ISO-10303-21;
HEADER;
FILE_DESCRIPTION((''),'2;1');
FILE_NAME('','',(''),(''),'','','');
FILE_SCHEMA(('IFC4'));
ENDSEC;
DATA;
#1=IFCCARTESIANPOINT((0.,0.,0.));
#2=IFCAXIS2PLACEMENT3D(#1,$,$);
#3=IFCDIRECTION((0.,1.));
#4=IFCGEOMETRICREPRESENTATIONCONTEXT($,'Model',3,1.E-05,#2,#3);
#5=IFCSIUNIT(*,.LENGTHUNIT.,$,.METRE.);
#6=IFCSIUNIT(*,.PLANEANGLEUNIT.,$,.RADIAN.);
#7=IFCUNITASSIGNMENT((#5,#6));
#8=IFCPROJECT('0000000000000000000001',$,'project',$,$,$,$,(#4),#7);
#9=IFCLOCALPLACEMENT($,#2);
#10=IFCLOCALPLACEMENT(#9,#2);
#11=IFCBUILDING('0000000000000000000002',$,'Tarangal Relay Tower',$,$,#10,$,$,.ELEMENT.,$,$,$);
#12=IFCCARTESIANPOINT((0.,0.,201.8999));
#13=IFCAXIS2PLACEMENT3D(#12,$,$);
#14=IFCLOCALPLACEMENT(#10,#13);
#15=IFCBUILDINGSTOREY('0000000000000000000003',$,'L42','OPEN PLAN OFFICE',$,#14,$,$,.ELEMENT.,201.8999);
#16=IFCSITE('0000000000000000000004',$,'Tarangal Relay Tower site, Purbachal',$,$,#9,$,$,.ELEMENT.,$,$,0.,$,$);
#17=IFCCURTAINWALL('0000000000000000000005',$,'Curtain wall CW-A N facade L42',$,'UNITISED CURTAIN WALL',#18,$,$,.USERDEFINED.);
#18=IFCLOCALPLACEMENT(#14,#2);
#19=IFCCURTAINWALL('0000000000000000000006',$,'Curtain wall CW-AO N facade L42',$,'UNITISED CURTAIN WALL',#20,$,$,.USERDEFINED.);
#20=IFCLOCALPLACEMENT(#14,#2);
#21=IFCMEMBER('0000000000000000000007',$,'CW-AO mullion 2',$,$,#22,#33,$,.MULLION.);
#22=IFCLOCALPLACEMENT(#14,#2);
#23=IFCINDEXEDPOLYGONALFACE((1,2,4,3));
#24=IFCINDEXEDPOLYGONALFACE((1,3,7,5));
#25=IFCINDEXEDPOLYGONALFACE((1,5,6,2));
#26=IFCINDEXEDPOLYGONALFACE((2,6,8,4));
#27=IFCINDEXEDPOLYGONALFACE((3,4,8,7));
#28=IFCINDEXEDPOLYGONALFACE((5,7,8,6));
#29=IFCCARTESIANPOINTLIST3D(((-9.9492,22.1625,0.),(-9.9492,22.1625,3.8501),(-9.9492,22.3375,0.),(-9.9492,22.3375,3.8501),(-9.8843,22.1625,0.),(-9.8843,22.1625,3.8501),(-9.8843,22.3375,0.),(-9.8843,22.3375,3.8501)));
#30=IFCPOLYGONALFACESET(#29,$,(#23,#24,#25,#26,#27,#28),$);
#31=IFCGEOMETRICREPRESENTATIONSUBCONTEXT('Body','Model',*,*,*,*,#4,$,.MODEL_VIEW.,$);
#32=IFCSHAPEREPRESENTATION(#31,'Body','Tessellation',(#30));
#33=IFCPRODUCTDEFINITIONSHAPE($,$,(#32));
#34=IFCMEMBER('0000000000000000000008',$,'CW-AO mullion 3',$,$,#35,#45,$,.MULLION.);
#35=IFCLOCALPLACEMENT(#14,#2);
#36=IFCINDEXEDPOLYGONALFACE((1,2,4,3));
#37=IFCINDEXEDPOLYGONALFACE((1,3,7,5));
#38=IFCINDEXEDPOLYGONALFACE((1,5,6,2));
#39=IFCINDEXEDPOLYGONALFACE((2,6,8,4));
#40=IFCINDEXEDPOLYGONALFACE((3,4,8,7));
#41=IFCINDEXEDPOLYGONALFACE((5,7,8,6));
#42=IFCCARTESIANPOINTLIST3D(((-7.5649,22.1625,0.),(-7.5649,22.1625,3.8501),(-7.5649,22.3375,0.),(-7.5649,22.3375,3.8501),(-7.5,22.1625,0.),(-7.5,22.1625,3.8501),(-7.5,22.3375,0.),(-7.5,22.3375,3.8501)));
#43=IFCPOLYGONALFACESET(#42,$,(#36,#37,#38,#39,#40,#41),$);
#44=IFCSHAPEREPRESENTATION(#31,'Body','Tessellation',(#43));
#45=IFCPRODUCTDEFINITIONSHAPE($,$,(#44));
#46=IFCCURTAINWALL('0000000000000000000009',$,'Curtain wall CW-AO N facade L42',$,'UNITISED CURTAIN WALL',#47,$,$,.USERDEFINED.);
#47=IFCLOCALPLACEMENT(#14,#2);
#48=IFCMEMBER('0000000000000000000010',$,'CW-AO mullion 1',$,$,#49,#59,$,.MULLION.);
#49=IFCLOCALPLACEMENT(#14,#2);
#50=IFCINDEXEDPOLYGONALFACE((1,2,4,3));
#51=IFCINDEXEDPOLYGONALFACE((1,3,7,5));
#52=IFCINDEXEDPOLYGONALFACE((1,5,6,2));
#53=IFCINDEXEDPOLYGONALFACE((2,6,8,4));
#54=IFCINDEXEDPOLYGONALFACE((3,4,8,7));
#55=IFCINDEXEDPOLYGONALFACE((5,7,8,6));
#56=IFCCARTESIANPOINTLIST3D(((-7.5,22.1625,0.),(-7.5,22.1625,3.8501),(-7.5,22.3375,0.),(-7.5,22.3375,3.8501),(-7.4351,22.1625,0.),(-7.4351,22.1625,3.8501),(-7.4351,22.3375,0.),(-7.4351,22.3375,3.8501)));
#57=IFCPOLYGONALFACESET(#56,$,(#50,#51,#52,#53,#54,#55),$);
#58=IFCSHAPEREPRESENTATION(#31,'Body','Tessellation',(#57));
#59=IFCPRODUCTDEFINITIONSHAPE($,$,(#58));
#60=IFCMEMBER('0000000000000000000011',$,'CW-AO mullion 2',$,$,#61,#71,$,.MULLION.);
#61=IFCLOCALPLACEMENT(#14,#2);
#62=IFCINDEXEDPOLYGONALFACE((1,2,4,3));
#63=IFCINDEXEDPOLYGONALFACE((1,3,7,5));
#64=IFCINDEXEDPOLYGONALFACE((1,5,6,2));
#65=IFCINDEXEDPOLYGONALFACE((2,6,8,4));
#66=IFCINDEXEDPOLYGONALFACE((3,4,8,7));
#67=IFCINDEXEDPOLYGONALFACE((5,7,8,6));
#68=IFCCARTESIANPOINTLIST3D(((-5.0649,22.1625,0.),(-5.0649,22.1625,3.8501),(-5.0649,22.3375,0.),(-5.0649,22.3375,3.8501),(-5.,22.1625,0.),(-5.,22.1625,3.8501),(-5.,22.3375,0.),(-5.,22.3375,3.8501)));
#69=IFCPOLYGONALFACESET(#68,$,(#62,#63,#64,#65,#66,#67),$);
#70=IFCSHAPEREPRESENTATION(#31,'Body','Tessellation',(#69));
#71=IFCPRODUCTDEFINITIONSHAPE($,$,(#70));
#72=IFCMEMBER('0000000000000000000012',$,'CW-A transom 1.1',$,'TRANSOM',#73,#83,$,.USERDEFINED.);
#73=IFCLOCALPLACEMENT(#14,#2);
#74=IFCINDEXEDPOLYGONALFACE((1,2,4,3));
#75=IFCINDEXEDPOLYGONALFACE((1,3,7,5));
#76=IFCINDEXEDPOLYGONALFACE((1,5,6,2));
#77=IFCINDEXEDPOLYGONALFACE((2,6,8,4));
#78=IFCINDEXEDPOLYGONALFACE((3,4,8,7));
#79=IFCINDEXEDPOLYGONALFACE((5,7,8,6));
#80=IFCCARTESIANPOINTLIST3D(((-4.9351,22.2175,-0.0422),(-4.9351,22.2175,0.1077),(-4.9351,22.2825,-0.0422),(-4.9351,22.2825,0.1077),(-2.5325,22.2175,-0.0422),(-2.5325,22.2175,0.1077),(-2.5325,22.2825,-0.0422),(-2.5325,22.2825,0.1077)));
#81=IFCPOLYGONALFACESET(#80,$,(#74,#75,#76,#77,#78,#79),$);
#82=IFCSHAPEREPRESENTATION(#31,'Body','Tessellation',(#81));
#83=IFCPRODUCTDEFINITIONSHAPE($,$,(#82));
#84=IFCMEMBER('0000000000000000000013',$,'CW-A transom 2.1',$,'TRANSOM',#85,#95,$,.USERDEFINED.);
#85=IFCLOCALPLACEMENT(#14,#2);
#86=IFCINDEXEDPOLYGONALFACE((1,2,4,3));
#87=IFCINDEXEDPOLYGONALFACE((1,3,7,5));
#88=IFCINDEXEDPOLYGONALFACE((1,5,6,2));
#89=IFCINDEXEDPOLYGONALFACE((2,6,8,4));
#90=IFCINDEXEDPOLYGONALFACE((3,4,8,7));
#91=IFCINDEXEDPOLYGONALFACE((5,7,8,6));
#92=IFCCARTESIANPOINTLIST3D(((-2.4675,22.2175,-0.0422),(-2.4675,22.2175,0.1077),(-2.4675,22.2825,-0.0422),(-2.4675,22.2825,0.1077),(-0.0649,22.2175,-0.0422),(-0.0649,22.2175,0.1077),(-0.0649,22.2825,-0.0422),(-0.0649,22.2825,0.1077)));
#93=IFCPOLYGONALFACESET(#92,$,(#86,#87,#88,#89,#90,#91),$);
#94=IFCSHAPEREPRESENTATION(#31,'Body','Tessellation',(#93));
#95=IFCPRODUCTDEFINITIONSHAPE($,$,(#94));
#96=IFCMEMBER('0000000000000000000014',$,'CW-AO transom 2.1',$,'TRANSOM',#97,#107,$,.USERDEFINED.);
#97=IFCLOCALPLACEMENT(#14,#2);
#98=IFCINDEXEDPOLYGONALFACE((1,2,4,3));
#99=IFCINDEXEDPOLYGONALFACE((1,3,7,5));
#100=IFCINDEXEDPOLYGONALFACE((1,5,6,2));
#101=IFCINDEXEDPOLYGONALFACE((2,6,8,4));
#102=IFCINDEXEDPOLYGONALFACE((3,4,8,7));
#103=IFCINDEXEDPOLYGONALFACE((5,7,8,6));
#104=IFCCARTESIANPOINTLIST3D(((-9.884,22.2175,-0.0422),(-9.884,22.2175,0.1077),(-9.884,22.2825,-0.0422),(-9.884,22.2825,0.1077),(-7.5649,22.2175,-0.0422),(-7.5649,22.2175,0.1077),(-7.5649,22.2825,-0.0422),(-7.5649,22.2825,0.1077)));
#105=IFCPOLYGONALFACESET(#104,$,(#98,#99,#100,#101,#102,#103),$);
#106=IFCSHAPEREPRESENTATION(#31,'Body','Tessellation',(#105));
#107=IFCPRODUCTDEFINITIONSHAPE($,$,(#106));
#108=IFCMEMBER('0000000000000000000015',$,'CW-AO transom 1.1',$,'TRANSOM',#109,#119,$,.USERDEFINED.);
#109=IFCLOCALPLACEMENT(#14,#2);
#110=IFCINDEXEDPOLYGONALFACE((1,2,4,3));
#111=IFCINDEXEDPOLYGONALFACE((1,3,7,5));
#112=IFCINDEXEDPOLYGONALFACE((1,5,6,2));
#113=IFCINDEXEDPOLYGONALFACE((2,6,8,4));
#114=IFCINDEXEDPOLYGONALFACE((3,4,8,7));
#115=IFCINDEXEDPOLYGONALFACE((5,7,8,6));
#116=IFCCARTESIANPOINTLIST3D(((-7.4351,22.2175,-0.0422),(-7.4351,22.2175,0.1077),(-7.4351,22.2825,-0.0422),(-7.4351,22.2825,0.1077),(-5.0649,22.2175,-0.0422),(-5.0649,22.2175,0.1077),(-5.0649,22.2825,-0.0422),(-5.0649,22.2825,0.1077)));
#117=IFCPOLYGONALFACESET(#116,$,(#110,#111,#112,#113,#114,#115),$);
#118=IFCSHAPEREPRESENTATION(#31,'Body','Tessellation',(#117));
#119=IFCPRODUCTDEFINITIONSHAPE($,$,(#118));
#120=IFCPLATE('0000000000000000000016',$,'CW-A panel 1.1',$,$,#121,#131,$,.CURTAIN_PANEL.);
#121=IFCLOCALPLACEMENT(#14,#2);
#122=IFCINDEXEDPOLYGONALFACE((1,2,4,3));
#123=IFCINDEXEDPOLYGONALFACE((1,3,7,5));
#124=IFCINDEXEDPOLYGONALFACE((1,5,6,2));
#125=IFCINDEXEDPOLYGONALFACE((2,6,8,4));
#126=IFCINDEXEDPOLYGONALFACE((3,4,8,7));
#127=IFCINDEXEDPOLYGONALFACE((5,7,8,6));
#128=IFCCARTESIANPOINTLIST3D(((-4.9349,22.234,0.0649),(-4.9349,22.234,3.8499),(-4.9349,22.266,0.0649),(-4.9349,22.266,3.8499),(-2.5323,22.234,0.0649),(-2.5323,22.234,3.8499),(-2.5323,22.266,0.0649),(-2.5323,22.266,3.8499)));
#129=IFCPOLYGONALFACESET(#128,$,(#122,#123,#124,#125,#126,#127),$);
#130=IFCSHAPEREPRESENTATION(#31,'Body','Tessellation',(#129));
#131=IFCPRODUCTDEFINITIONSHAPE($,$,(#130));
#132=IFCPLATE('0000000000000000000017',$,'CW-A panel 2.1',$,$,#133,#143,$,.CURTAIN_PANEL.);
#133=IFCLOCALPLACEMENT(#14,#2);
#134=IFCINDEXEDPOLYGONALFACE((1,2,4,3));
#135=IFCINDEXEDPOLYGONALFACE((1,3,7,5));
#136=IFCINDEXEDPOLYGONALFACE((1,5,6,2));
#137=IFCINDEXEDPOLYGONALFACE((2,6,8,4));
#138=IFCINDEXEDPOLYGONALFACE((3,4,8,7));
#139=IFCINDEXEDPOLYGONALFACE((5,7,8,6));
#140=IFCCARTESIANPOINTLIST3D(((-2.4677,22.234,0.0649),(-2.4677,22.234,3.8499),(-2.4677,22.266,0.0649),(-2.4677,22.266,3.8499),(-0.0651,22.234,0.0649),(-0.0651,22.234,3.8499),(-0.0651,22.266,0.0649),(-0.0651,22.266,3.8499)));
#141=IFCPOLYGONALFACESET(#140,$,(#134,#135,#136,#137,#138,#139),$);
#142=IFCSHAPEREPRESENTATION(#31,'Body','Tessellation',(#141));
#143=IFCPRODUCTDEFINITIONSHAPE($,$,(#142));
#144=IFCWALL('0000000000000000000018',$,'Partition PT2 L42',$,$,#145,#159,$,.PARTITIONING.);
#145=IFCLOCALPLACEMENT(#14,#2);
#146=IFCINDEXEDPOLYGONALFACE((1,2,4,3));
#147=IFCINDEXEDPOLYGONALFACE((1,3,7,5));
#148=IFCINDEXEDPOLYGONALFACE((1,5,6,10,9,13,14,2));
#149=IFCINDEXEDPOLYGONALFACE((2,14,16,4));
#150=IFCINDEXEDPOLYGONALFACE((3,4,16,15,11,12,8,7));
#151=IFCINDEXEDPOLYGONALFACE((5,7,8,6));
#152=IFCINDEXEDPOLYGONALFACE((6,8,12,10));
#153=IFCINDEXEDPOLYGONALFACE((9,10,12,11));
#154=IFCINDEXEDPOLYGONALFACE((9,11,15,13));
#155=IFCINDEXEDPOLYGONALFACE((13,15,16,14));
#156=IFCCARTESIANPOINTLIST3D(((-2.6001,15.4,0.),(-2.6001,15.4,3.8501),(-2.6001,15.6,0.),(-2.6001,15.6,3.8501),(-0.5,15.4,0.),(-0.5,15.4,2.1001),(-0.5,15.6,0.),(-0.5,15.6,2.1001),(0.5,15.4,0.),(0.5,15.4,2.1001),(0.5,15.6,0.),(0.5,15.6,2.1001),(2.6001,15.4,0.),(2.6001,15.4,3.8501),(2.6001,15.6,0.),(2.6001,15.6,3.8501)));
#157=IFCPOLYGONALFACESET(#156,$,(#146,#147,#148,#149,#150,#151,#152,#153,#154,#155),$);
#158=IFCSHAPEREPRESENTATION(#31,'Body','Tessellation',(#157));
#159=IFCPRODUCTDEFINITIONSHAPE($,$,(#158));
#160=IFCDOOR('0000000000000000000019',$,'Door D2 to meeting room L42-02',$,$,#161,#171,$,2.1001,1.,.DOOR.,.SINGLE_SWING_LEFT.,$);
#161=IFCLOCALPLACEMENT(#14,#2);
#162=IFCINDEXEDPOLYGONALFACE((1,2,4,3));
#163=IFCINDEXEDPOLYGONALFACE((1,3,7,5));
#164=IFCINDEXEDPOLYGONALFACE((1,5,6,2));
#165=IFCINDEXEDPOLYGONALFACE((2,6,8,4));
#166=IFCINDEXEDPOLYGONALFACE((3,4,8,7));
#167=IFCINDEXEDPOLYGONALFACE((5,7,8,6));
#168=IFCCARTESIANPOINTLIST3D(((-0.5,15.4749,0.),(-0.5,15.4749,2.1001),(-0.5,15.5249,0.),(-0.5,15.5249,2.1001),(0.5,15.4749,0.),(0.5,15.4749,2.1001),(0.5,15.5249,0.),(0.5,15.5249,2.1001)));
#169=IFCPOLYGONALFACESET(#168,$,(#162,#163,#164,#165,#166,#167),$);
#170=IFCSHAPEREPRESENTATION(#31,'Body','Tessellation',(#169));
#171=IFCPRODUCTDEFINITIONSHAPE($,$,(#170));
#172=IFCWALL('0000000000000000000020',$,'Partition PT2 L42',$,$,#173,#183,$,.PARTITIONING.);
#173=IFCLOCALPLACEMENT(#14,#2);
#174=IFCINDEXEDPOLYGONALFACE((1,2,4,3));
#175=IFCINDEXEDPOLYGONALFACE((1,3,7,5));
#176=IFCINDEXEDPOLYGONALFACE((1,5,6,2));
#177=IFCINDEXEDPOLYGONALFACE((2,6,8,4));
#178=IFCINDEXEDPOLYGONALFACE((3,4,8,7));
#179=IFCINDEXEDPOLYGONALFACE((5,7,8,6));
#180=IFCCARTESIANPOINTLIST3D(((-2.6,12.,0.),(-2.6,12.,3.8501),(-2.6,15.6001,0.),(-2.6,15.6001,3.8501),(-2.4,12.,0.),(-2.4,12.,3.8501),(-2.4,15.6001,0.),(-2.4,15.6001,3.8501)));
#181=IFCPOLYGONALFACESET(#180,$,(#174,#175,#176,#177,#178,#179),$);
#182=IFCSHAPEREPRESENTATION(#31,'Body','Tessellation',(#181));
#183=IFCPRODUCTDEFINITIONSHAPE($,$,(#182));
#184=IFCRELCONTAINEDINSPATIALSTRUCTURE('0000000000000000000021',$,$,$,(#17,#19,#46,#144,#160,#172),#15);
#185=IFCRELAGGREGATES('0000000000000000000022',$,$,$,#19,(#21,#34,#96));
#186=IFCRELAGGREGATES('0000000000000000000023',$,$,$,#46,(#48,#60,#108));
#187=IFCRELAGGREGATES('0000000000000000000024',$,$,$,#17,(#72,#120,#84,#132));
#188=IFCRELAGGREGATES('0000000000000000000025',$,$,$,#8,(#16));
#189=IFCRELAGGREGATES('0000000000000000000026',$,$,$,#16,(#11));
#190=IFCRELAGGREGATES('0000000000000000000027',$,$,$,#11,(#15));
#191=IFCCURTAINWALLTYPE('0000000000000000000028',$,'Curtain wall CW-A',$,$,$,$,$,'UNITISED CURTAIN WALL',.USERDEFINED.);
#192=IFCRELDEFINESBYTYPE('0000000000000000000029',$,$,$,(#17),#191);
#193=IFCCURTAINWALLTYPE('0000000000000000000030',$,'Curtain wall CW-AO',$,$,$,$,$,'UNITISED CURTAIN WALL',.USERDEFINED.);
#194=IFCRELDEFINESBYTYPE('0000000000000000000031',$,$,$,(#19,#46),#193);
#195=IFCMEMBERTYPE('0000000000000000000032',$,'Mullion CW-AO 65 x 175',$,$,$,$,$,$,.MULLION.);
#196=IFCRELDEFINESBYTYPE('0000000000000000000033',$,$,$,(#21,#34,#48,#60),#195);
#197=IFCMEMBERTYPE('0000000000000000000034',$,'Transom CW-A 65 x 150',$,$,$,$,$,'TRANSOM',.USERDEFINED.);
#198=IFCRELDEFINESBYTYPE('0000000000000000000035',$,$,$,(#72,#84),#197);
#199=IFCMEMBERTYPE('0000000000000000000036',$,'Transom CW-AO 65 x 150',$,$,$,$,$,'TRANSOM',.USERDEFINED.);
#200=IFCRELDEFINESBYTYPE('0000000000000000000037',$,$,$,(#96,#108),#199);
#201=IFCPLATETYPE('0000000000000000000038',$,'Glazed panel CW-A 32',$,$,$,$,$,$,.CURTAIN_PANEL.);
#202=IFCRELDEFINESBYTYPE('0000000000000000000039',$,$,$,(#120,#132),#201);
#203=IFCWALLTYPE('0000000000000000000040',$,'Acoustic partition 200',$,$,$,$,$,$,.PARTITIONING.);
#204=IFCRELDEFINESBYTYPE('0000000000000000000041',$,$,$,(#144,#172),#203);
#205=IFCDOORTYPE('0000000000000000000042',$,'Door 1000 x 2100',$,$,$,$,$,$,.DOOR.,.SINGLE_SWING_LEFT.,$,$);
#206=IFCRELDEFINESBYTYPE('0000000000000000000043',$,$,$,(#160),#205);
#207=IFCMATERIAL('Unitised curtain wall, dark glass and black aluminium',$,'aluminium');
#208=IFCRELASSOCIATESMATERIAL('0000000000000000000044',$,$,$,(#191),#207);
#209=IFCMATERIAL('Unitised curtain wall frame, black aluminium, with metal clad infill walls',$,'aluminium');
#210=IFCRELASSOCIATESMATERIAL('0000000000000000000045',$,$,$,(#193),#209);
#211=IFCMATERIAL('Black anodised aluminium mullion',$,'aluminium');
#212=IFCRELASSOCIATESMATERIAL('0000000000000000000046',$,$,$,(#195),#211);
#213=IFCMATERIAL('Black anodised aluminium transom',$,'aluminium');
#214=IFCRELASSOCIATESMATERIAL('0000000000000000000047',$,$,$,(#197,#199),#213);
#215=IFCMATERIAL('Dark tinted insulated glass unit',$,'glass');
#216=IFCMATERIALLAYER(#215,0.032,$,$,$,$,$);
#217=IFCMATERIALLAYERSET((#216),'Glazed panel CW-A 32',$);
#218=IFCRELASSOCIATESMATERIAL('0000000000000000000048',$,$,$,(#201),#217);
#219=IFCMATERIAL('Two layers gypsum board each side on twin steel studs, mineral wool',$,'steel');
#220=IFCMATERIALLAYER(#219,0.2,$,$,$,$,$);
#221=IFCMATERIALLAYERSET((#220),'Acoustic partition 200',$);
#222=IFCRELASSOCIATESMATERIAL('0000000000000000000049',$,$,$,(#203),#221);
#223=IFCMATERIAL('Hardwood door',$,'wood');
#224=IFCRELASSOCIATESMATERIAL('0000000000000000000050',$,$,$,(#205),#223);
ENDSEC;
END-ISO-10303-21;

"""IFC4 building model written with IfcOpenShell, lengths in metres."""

from ifc_helpers import new_model, si_unit, direction, frame, frame_2d, origin, origin_2d, place, context, subcontext, project, spatial, rectangle, extrude, material, layer, layer_set, material_profile, profile_set, type_object, element, fill, aggregate, save


model = new_model("IFC4")

# Units and contexts
model_context = context("Model", 3, precision=1e-05, world=origin(), true_north=direction((0.0, 1.0)))
body_context = subcontext(model_context, "Body", "Model", "MODEL_VIEW")
ifc_project = project(units=[si_unit("LENGTHUNIT", "METRE"), si_unit("PLANEANGLEUNIT", "RADIAN")], contexts=[model_context])

# Site, building, storey
site_placement = place(None, origin())
site = spatial("IfcSite", under=ifc_project, at=site_placement, Name="Tarangal Relay Tower site, Purbachal", CompositionType="ELEMENT", RefElevation=0.0)
building_placement = place(site_placement, origin())
building = spatial("IfcBuilding", under=site, at=building_placement, Name="Tarangal Relay Tower", CompositionType="ELEMENT")
storey_placement = place(building_placement, frame((0.0, 0.0, 201.8999)))
storey = spatial("IfcBuildingStorey", under=building, at=storey_placement, Name="L42", Description="OPEN PLAN OFFICE", CompositionType="ELEMENT", Elevation=201.8999)

# Curtain walls, members
ifc_material_1 = material(Name="Unitised curtain wall, dark glass and black aluminium", Category="aluminium")
curtain_wall_type_1 = type_object("IfcCurtainWallType", Name="Curtain wall CW-A", ElementType="UNITISED CURTAIN WALL", PredefinedType="USERDEFINED", material=ifc_material_1)
curtain_wall_1_placement = place(storey_placement, origin())
curtain_wall_1 = element("IfcCurtainWall", 1, at=curtain_wall_1_placement, inside=storey, type_object=curtain_wall_type_1, Name="Curtain wall CW-A N facade L42", ObjectType="UNITISED CURTAIN WALL", PredefinedType="USERDEFINED")
ifc_material_2 = material(Name="Black anodised aluminium mullion", Category="aluminium")
ifc_material_3 = material(Name="Unitised curtain wall frame, black aluminium, with metal clad infill walls", Category="aluminium")
curtain_wall_type_2 = type_object("IfcCurtainWallType", Name="Curtain wall CW-AO", ElementType="UNITISED CURTAIN WALL", PredefinedType="USERDEFINED", material=ifc_material_3)
curtain_wall_2_placement = place(storey_placement, origin())
curtain_wall_2 = element("IfcCurtainWall", 2, at=curtain_wall_2_placement, inside=storey, type_object=curtain_wall_type_2, Name="Curtain wall CW-AO N facade L42", ObjectType="UNITISED CURTAIN WALL", PredefinedType="USERDEFINED")
ifc_material_profile_1 = material_profile(ifc_material_2, rectangle(XDim=0.175, YDim=0.0649, at=origin_2d()), Name="CW-AOM 65X175")
ifc_profile_set_1 = profile_set([ifc_material_profile_1], Name="Black anodised aluminium mullion")
member_type_1 = type_object("IfcMemberType", Name="Mullion CW-AO 65 x 175", PredefinedType="MULLION", material=ifc_profile_set_1)
member_1_placement = place(storey_placement, frame((-9.9167, 22.25, 0.0), z_axis=(0.0, 0.0, 1.0), x_axis=(0.0, 1.0, 0.0)))
member_1 = element("IfcMember", 3, at=member_1_placement, type_object=member_type_1, Name="CW-AO mullion 2", PredefinedType="MULLION", context=body_context, shape_type="SweptSolid", body=[
    extrude(rectangle(XDim=0.175, YDim=0.0649, at=origin_2d()), origin(), (0.0, 0.0, 1.0), 3.8501),
])
member_2_placement = place(storey_placement, frame((-7.5325, 22.25, 0.0), z_axis=(0.0, 0.0, 1.0), x_axis=(0.0, 1.0, 0.0)))
member_2 = element("IfcMember", 4, at=member_2_placement, type_object=member_type_1, Name="CW-AO mullion 3", PredefinedType="MULLION", context=body_context, shape_type="SweptSolid", body=[
    extrude(rectangle(XDim=0.175, YDim=0.0649, at=origin_2d()), origin(), (0.0, 0.0, 1.0), 3.8501),
])
curtain_wall_3_placement = place(storey_placement, origin())
curtain_wall_3 = element("IfcCurtainWall", 5, at=curtain_wall_3_placement, inside=storey, type_object=curtain_wall_type_2, Name="Curtain wall CW-AO N facade L42", ObjectType="UNITISED CURTAIN WALL", PredefinedType="USERDEFINED")
member_3_placement = place(storey_placement, frame((-7.4675, 22.25, 0.0), z_axis=(0.0, 0.0, 1.0), x_axis=(0.0, 1.0, 0.0)))
member_3 = element("IfcMember", 6, at=member_3_placement, type_object=member_type_1, Name="CW-AO mullion 1", PredefinedType="MULLION", context=body_context, shape_type="SweptSolid", body=[
    extrude(rectangle(XDim=0.175, YDim=0.0649, at=origin_2d()), origin(), (0.0, 0.0, 1.0), 3.8501),
])
member_4_placement = place(storey_placement, frame((-5.0325, 22.25, 0.0), z_axis=(0.0, 0.0, 1.0), x_axis=(0.0, 1.0, 0.0)))
member_4 = element("IfcMember", 7, at=member_4_placement, type_object=member_type_1, Name="CW-AO mullion 2", PredefinedType="MULLION", context=body_context, shape_type="SweptSolid", body=[
    extrude(rectangle(XDim=0.175, YDim=0.0649, at=origin_2d()), origin(), (0.0, 0.0, 1.0), 3.8501),
])

# Members
ifc_material_4 = material(Name="Black anodised aluminium transom", Category="aluminium")
ifc_material_profile_2 = material_profile(ifc_material_4, rectangle(XDim=0.0649, YDim=0.1499, at=origin_2d()), Name="CW-AT 65X150")
ifc_profile_set_2 = profile_set([ifc_material_profile_2], Name="Black anodised aluminium transom")
member_type_2 = type_object("IfcMemberType", Name="Transom CW-A 65 x 150", ElementType="TRANSOM", PredefinedType="USERDEFINED", material=ifc_profile_set_2)
member_5_placement = place(storey_placement, frame((-4.9351, 22.25, 0.0327), z_axis=(1.0, 0.0, 0.0), x_axis=(0.0, 1.0, 0.0)))
member_5 = element("IfcMember", 8, at=member_5_placement, type_object=member_type_2, Name="CW-A transom 1.1", ObjectType="TRANSOM", PredefinedType="USERDEFINED", context=body_context, shape_type="SweptSolid", body=[
    extrude(rectangle(XDim=0.0649, YDim=0.1499, at=origin_2d()), origin(), (0.0, 0.0, 1.0), 2.4026),
])
member_6_placement = place(storey_placement, frame((-2.4675, 22.25, 0.0327), z_axis=(1.0, 0.0, 0.0), x_axis=(0.0, 1.0, 0.0)))
member_6 = element("IfcMember", 9, at=member_6_placement, type_object=member_type_2, Name="CW-A transom 2.1", ObjectType="TRANSOM", PredefinedType="USERDEFINED", context=body_context, shape_type="SweptSolid", body=[
    extrude(rectangle(XDim=0.0649, YDim=0.1499, at=origin_2d()), origin(), (0.0, 0.0, 1.0), 2.4026),
])
ifc_material_profile_3 = material_profile(ifc_material_4, rectangle(XDim=0.0649, YDim=0.1499, at=origin_2d()), Name="CW-AOT 65X150")
ifc_profile_set_3 = profile_set([ifc_material_profile_3], Name="Black anodised aluminium transom")
member_type_3 = type_object("IfcMemberType", Name="Transom CW-AO 65 x 150", ElementType="TRANSOM", PredefinedType="USERDEFINED", material=ifc_profile_set_3)
member_7_placement = place(storey_placement, frame((-9.884, 22.25, 0.0327), z_axis=(1.0, 0.0, 0.0), x_axis=(0.0, 1.0, 0.0)))
member_7 = element("IfcMember", 10, at=member_7_placement, type_object=member_type_3, Name="CW-AO transom 2.1", ObjectType="TRANSOM", PredefinedType="USERDEFINED", context=body_context, shape_type="SweptSolid", body=[
    extrude(rectangle(XDim=0.0649, YDim=0.1499, at=origin_2d()), origin(), (0.0, 0.0, 1.0), 2.3191),
])
aggregate(curtain_wall_2, [member_1, member_2, member_7])
member_8_placement = place(storey_placement, frame((-7.4351, 22.25, 0.0327), z_axis=(1.0, 0.0, 0.0), x_axis=(0.0, 1.0, 0.0)))
member_8 = element("IfcMember", 11, at=member_8_placement, type_object=member_type_3, Name="CW-AO transom 1.1", ObjectType="TRANSOM", PredefinedType="USERDEFINED", context=body_context, shape_type="SweptSolid", body=[
    extrude(rectangle(XDim=0.0649, YDim=0.1499, at=origin_2d()), origin(), (0.0, 0.0, 1.0), 2.3701),
])
aggregate(curtain_wall_3, [member_3, member_4, member_8])

# Plates
ifc_material_5 = material(Name="Dark tinted insulated glass unit", Category="glass")
ifc_layer_1 = layer(ifc_material_5, 0.032)
ifc_layer_set_1 = layer_set([ifc_layer_1], Name="Glazed panel CW-A 32")
plate_type = type_object("IfcPlateType", Name="Glazed panel CW-A 32", PredefinedType="CURTAIN_PANEL", material=ifc_layer_set_1)
plate_1_placement = place(storey_placement, frame((-3.7336, 22.25, 0.0649), z_axis=(0.0, 0.0, 1.0), x_axis=(1.0, 0.0, 0.0)))
plate_1 = element("IfcPlate", 12, at=plate_1_placement, type_object=plate_type, Name="CW-A panel 1.1", PredefinedType="CURTAIN_PANEL", context=body_context, shape_type="SweptSolid", body=[
    extrude(rectangle(XDim=2.4026, YDim=0.032, at=origin_2d()), origin(), (0.0, 0.0, 1.0), 3.7849),
])
plate_2_placement = place(storey_placement, frame((-1.2664, 22.25, 0.0649), z_axis=(0.0, 0.0, 1.0), x_axis=(1.0, 0.0, 0.0)))
plate_2 = element("IfcPlate", 13, at=plate_2_placement, type_object=plate_type, Name="CW-A panel 2.1", PredefinedType="CURTAIN_PANEL", context=body_context, shape_type="SweptSolid", body=[
    extrude(rectangle(XDim=2.4026, YDim=0.032, at=origin_2d()), origin(), (0.0, 0.0, 1.0), 3.7849),
])
aggregate(curtain_wall_1, [member_5, plate_1, member_6, plate_2])

# Wall, opening, door
ifc_material_6 = material(Name="Two layers gypsum board each side on twin steel studs, mineral wool", Category="steel")
ifc_layer_2 = layer(ifc_material_6, 0.2)
ifc_layer_set_2 = layer_set([ifc_layer_2], Name="Acoustic partition 200")
wall_type_1 = type_object("IfcWallType", Name="Acoustic partition 200", PredefinedType="PARTITIONING", material=ifc_layer_set_2)
wall_1_placement = place(storey_placement, frame((-2.6001, 15.5, 0.0), z_axis=(0.0, 0.0, 1.0), x_axis=(1.0, 0.0, 0.0)))
wall_1 = element("IfcWall", 14, at=wall_1_placement, inside=storey, type_object=wall_type_1, Name="Partition PT2 L42", PredefinedType="PARTITIONING", context=body_context, shape_type="SweptSolid", body=[
    extrude(rectangle(XDim=5.2002, YDim=0.2, at=frame_2d((2.6001, 0.0))), origin(), (0.0, 0.0, 1.0), 3.8501),
])
opening_placement = place(wall_1_placement, frame((2.1001, 0.0, 0.0)))
opening = element("IfcOpeningElement", 15, at=opening_placement, cuts=wall_1, PredefinedType="OPENING", context=body_context, shape_type="SweptSolid", body=[
    extrude(rectangle(XDim=1.0, YDim=2.1001, at=frame_2d((0.5, 1.05))), frame((0.0, 0.1099, 0.0), z_axis=(0.0, -1.0, 0.0), x_axis=(1.0, 0.0, 0.0)), (0.0, 0.0, 1.0), 0.22),
])
ifc_material_7 = material(Name="Hardwood door", Category="wood")
door_type = type_object("IfcDoorType", Name="Door 1000 x 2100", OperationType="SINGLE_SWING_LEFT", PredefinedType="DOOR", material=ifc_material_7)
door_placement = place(opening_placement, origin())
door = element("IfcDoor", 16, at=door_placement, inside=storey, type_object=door_type, Name="Door D2 to meeting room L42-02", OperationType="SINGLE_SWING_LEFT", OverallHeight=2.1001, OverallWidth=1.0, PredefinedType="DOOR", context=body_context, shape_type="SweptSolid", body=[
    extrude(rectangle(XDim=1.0, YDim=2.1001, at=frame_2d((0.5, 1.05))), frame((0.0, 0.0249, 0.0), z_axis=(0.0, -1.0, 0.0), x_axis=(1.0, 0.0, 0.0)), (0.0, 0.0, 1.0), 0.05),
])
fill(opening, door)

# Wall
wall_2_placement = place(storey_placement, frame((-2.5, 12.0, 0.0), z_axis=(0.0, 0.0, 1.0), x_axis=(0.0, 1.0, 0.0)))
element("IfcWall", 17, at=wall_2_placement, inside=storey, type_object=wall_type_1, Name="Partition PT2 L42", PredefinedType="PARTITIONING", context=body_context, shape_type="SweptSolid", body=[
    extrude(rectangle(XDim=3.6001, YDim=0.2, at=frame_2d((1.8, 0.0))), origin(), (0.0, 0.0, 1.0), 3.8501),
])

save(model, "model.ifc")
